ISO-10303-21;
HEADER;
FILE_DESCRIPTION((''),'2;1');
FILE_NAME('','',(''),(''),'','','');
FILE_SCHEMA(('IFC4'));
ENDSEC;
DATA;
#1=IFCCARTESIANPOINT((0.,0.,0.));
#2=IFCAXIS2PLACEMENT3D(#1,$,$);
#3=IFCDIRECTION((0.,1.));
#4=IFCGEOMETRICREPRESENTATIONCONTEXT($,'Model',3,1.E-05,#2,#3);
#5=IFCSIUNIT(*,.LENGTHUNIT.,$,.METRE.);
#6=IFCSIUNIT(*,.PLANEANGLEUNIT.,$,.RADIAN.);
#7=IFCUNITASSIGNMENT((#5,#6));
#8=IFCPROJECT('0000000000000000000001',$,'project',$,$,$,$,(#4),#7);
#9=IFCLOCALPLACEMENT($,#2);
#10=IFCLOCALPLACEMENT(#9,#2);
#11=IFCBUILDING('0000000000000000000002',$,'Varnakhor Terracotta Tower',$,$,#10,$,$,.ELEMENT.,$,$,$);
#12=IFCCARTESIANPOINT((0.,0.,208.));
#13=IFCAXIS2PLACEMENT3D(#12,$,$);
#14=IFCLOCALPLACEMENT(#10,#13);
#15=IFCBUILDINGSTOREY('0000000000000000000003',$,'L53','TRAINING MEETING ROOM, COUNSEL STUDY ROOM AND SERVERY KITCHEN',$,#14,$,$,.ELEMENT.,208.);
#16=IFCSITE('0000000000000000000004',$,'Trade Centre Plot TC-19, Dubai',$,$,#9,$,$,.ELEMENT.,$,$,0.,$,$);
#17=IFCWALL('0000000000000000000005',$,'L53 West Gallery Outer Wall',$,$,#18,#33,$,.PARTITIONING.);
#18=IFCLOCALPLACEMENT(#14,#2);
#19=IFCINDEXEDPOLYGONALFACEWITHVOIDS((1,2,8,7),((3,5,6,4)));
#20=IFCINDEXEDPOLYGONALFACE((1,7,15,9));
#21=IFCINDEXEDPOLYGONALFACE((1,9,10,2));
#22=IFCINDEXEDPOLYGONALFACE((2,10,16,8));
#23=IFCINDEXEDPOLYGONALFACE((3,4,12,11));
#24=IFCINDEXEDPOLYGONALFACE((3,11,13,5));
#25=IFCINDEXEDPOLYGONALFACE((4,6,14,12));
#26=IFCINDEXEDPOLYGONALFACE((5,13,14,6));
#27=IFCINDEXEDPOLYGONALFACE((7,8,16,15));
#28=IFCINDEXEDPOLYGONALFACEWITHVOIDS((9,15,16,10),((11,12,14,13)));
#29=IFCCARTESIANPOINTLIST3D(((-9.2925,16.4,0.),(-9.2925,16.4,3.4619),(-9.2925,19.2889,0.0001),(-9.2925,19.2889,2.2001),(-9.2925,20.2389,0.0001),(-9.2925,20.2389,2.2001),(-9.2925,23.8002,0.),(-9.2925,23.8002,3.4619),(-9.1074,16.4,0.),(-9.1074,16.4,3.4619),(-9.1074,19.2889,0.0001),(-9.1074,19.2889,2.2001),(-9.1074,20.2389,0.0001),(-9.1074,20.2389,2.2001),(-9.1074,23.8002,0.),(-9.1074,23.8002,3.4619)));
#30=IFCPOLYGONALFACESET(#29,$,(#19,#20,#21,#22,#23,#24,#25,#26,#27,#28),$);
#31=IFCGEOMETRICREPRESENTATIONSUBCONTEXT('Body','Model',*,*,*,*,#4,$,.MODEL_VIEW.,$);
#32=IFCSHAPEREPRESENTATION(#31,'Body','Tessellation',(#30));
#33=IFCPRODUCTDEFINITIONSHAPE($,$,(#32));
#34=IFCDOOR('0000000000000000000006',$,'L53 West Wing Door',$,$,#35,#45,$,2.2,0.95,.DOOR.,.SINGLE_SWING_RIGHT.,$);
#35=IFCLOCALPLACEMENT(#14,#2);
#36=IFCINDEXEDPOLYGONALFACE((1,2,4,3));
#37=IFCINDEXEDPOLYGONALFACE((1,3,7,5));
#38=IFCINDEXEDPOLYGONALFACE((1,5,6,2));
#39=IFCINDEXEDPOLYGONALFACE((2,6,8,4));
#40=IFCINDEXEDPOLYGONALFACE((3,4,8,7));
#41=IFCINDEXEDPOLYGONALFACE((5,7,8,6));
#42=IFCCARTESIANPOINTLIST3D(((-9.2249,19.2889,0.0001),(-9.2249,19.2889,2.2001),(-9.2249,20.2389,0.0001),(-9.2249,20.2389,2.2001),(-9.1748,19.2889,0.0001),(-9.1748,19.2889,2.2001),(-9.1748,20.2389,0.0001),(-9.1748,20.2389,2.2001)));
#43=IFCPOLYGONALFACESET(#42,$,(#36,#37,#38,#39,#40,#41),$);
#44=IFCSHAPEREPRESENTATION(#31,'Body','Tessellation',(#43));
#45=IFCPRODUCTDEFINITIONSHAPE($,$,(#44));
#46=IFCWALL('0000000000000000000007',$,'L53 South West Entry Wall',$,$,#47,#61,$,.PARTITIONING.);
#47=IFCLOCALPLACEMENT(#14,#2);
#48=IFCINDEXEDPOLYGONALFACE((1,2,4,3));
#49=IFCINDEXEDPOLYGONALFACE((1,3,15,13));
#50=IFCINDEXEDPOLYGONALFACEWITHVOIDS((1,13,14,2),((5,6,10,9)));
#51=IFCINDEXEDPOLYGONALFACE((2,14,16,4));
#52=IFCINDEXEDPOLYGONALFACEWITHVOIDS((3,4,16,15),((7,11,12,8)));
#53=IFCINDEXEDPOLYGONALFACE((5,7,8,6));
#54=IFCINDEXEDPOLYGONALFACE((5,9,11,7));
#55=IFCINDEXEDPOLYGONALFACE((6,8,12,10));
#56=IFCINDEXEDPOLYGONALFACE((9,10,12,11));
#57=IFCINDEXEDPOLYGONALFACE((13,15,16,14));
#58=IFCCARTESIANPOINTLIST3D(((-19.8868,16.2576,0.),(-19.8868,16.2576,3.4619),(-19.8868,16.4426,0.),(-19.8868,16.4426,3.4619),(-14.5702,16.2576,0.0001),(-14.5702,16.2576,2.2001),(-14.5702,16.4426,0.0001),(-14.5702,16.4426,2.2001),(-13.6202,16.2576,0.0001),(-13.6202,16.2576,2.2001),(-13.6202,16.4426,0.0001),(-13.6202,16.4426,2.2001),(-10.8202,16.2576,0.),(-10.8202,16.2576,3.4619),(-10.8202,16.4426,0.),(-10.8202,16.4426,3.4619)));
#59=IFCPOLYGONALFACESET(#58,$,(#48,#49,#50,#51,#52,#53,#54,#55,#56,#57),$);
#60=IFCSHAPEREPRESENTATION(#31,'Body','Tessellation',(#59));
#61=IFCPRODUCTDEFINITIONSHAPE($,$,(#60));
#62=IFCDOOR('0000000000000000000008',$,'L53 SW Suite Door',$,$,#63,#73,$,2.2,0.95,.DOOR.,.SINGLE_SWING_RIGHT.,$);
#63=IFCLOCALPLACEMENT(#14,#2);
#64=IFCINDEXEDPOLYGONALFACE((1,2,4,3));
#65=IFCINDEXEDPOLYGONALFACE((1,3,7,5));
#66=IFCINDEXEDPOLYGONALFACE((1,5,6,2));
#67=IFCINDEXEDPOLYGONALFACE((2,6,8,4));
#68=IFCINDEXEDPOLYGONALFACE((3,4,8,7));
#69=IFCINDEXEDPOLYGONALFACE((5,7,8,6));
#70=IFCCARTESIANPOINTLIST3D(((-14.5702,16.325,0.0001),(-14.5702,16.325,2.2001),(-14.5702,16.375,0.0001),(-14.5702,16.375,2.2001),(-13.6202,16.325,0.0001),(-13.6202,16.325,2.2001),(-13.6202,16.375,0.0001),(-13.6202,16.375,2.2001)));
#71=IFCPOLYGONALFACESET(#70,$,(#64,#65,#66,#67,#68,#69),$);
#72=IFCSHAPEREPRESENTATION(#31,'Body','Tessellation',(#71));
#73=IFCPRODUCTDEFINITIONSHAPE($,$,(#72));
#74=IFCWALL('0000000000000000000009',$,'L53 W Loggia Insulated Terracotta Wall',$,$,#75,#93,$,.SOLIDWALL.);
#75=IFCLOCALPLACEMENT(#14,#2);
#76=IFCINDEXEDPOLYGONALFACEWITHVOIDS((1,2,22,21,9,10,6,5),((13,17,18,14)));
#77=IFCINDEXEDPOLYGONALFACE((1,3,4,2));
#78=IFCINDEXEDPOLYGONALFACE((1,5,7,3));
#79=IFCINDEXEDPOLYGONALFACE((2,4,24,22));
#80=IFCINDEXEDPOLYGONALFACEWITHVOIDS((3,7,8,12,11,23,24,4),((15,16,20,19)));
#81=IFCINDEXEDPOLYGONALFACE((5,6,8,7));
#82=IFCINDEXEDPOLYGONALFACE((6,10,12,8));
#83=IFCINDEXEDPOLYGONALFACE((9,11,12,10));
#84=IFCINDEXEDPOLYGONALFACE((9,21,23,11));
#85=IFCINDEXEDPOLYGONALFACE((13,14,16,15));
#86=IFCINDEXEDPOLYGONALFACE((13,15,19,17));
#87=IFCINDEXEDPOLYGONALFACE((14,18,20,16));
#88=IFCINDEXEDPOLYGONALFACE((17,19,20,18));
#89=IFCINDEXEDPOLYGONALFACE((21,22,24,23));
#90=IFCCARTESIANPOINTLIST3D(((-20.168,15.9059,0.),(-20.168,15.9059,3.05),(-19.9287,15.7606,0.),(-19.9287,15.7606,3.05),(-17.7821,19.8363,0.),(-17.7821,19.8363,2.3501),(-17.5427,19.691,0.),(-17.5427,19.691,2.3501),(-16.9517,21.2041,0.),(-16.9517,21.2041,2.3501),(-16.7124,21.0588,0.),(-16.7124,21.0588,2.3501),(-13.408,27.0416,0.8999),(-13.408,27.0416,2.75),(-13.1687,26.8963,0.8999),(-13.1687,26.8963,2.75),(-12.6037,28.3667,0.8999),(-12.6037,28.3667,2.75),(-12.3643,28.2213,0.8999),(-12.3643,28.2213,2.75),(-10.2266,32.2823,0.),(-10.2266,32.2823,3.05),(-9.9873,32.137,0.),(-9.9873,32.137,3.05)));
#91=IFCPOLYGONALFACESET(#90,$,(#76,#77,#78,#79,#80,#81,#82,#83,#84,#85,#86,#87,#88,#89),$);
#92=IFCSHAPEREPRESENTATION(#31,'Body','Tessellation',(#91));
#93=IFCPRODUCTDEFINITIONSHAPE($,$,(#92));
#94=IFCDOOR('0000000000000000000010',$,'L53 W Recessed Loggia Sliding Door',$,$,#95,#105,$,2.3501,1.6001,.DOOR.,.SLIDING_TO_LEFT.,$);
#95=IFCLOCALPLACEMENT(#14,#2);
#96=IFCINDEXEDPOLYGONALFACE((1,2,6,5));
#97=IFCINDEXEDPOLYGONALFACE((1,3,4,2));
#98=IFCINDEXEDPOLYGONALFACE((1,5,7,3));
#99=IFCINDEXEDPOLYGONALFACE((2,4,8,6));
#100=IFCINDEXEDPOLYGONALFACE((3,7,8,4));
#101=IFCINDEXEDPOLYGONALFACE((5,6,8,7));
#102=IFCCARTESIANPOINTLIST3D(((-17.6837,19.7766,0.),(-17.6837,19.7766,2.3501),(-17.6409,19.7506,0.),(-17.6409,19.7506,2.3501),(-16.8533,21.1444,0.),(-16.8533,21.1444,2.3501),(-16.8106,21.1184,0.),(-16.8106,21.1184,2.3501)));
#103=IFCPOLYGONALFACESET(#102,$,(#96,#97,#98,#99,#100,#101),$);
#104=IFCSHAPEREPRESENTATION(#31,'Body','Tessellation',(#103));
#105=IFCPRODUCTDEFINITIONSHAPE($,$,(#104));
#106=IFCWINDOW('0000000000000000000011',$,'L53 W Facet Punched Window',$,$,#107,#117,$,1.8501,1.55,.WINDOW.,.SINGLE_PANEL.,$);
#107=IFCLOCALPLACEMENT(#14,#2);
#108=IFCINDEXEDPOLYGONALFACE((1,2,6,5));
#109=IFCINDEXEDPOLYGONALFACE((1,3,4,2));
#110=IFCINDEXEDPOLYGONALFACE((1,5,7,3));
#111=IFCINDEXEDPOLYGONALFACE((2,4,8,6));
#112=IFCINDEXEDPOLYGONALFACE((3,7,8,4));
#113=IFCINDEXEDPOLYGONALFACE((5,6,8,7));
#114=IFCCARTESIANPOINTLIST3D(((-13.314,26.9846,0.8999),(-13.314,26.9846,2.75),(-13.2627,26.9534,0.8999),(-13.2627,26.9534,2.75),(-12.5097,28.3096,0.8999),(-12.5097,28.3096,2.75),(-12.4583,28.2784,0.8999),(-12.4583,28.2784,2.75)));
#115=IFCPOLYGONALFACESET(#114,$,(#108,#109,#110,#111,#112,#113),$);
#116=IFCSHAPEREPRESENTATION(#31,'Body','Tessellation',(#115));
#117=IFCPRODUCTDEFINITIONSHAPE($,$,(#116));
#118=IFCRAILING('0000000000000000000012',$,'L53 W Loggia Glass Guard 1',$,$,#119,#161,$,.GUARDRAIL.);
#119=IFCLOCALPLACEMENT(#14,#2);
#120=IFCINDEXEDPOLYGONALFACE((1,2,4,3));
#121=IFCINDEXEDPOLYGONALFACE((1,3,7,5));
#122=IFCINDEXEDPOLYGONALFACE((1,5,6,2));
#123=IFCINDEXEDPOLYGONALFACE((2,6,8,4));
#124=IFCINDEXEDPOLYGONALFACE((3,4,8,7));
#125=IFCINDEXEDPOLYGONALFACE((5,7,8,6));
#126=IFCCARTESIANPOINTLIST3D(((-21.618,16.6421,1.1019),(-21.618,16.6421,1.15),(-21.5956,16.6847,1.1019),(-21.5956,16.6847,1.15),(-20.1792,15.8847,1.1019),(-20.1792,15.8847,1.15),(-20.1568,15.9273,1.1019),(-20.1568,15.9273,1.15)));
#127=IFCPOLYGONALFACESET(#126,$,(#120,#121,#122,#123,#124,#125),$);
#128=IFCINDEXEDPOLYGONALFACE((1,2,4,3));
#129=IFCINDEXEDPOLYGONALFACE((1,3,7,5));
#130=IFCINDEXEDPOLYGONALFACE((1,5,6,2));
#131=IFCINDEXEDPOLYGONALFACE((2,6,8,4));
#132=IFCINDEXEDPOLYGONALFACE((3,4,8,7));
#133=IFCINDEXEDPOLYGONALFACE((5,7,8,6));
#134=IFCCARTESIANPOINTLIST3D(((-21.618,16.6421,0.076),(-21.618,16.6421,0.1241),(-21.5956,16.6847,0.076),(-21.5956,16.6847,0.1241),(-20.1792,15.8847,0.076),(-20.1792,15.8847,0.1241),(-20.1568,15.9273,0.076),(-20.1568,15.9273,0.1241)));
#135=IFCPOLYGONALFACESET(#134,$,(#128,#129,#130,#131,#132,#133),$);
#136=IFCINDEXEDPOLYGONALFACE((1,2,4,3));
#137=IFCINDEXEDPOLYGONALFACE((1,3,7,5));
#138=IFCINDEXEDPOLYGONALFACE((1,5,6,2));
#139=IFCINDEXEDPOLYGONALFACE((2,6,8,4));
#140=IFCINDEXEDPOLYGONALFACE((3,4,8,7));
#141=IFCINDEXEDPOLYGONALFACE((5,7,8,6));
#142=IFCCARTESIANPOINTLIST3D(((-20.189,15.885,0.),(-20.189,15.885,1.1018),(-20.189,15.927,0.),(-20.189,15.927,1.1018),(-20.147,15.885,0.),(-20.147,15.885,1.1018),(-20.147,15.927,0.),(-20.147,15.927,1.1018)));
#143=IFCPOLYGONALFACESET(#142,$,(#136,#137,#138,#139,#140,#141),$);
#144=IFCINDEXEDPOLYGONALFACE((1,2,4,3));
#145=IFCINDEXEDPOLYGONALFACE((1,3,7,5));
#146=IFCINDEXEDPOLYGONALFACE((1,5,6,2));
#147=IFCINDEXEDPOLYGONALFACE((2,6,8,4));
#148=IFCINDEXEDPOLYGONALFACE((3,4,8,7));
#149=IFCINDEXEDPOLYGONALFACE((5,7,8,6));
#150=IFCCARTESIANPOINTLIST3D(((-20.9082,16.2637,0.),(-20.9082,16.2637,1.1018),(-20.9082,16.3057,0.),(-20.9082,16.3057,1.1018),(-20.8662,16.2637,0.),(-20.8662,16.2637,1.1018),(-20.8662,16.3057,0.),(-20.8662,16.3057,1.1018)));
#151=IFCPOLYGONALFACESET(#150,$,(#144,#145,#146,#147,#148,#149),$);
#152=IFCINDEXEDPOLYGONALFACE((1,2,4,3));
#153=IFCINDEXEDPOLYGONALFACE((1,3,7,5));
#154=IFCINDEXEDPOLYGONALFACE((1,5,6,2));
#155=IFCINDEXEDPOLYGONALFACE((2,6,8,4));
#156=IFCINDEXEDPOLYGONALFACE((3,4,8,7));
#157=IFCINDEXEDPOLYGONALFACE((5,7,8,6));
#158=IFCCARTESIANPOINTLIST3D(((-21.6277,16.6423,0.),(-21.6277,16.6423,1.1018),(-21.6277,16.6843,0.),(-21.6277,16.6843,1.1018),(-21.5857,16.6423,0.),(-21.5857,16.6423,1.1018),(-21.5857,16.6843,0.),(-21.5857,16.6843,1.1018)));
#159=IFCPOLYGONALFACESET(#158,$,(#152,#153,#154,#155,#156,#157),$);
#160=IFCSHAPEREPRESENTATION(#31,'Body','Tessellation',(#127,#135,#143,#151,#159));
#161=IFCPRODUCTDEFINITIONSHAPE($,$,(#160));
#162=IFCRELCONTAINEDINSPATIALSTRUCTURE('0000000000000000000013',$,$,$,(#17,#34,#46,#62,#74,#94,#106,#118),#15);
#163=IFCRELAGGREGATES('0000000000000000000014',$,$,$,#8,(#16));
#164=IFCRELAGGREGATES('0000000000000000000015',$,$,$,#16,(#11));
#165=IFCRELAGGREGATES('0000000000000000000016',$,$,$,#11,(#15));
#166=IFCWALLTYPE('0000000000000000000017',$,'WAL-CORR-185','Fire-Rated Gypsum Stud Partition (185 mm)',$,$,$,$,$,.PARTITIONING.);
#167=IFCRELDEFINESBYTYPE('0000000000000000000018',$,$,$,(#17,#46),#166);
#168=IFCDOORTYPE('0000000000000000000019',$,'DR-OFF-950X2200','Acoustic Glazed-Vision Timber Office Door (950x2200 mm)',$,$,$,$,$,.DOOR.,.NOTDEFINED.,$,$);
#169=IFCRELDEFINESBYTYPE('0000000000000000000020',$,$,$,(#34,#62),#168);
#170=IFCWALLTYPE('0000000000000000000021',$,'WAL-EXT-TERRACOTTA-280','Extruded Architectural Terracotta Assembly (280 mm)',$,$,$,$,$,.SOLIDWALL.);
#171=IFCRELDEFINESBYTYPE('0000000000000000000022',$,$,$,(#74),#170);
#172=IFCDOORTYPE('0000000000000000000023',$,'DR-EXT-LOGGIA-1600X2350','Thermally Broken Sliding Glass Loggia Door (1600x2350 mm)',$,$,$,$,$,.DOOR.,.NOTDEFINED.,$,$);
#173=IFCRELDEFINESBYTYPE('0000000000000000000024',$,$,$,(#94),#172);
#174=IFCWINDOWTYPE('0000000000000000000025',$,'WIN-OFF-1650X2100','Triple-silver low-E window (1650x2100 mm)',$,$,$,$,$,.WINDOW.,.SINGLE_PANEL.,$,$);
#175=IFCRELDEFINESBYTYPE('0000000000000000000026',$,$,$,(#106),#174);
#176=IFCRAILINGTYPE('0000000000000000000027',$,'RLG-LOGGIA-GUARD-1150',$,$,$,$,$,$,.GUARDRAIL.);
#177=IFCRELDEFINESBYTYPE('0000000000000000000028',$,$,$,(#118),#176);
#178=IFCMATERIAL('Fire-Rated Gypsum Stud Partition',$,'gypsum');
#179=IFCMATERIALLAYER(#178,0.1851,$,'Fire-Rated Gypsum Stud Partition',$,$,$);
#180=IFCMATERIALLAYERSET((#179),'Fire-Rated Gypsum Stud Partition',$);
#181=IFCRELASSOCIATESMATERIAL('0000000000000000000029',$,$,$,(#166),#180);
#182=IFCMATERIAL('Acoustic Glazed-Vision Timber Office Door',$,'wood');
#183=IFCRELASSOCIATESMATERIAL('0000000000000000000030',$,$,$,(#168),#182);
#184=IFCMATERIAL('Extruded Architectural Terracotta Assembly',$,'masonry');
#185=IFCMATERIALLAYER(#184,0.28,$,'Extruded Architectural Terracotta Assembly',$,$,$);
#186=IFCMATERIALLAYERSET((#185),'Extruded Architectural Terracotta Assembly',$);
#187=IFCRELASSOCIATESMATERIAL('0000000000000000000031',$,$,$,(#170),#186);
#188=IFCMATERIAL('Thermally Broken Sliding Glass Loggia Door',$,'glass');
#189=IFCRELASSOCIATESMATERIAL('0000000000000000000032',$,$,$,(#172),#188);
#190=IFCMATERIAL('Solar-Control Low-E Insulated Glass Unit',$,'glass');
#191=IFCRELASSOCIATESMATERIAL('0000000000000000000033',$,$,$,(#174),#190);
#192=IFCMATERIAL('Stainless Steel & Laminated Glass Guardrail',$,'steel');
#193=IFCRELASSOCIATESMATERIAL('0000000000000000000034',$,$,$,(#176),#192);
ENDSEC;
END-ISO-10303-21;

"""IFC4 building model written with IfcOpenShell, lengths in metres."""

from ifc_helpers import new_model, si_unit, direction, frame, frame_2d, origin, origin_2d, place, context, subcontext, project, spatial, rectangle, extrude, source, transform, mapped, material, layer, layer_set, type_object, type_shapes, element, fill, save


model = new_model("IFC4")

# Units and contexts
model_context = context("Model", 3, precision=1e-05, world=origin(), true_north=direction((0.0, 1.0)))
body_context = subcontext(model_context, "Body", "Model", "MODEL_VIEW")
ifc_project = project(units=[si_unit("LENGTHUNIT", "METRE"), si_unit("PLANEANGLEUNIT", "RADIAN")], contexts=[model_context])

# Site, building, storey
site_placement = place(None, origin())
site = spatial("IfcSite", under=ifc_project, at=site_placement, Name="Trade Centre Plot TC-19, Dubai", CompositionType="ELEMENT", RefElevation=0.0)
building_placement = place(site_placement, origin())
building = spatial("IfcBuilding", under=site, at=building_placement, Name="Varnakhor Terracotta Tower", CompositionType="ELEMENT")
storey_placement = place(building_placement, frame((0.0, 0.0, 208.0)))
storey = spatial("IfcBuildingStorey", under=building, at=storey_placement, Name="L53", Description="TRAINING MEETING ROOM, COUNSEL STUDY ROOM AND SERVERY KITCHEN", CompositionType="ELEMENT", Elevation=208.0)

# Walls, openings, doors
ifc_material_1 = material(Name="Fire-Rated Gypsum Stud Partition", Category="gypsum")
ifc_layer_1 = layer(ifc_material_1, 0.1851, Name="Fire-Rated Gypsum Stud Partition")
ifc_layer_set_1 = layer_set([ifc_layer_1], Name="Fire-Rated Gypsum Stud Partition")
wall_type_1 = type_object("IfcWallType", Name="WAL-CORR-185", Description="Fire-Rated Gypsum Stud Partition (185 mm)", PredefinedType="PARTITIONING", material=ifc_layer_set_1)
wall_1_placement = place(storey_placement, frame((-9.2, 16.3999, 0.0), z_axis=(0.0, 0.0, 1.0), x_axis=(0.0, 1.0, 0.0)))
wall_1 = element("IfcWall", 1, at=wall_1_placement, inside=storey, type_object=wall_type_1, Name="L53 West Gallery Outer Wall", PredefinedType="PARTITIONING", context=body_context, shape_type="SweptSolid", body=[
    extrude(rectangle(XDim=7.4001, YDim=0.1851, at=frame_2d((3.7002, 0.0))), origin(), (0.0, 0.0, 1.0), 3.4619),
])
opening_1_placement = place(wall_1_placement, frame((2.8889, 0.0, 0.0)))
opening_1 = element("IfcOpeningElement", 2, at=opening_1_placement, cuts=wall_1, PredefinedType="OPENING", context=body_context, shape_type="SweptSolid", body=[
    extrude(rectangle(XDim=0.95, YDim=2.2, at=frame_2d((0.4751, 1.1001))), frame((0.0, 0.1025, 0.0), z_axis=(0.0, -1.0, 0.0), x_axis=(1.0, 0.0, 0.0)), (0.0, 0.0, 1.0), 0.2051),
])
ifc_material_2 = material(Name="Acoustic Glazed-Vision Timber Office Door", Category="wood")
door_type_1 = type_object("IfcDoorType", Name="DR-OFF-950X2200", Description="Acoustic Glazed-Vision Timber Office Door (950x2200 mm)", OperationType="NOTDEFINED", PredefinedType="DOOR", material=ifc_material_2)
shared_shape_1 = source(origin(), body_context, "Body", "SweptSolid", [
    extrude(rectangle(XDim=0.95, YDim=2.2, at=frame_2d((0.4751, 1.1001))), frame((0.0, 0.0249, 0.0), z_axis=(0.0, -1.0, 0.0), x_axis=(1.0, 0.0, 0.0)), (0.0, 0.0, 1.0), 0.05),
])
type_shapes(door_type_1, [shared_shape_1])
door_1_placement = place(opening_1_placement, origin())
door_1 = element("IfcDoor", 3, at=door_1_placement, inside=storey, type_object=door_type_1, Name="L53 West Wing Door", OperationType="SINGLE_SWING_RIGHT", OverallHeight=2.2, OverallWidth=0.95, PredefinedType="DOOR", context=body_context, shape_type="MappedRepresentation", body=[
    mapped(shared_shape_1, transform((0.0, 0.0, 0.0), scale=1.0)),
])
fill(opening_1, door_1)
wall_2_placement = place(storey_placement, frame((-19.8867, 16.3501, 0.0), z_axis=(0.0, 0.0, 1.0), x_axis=(1.0, 0.0, 0.0)))
wall_2 = element("IfcWall", 4, at=wall_2_placement, inside=storey, type_object=wall_type_1, Name="L53 South West Entry Wall", PredefinedType="PARTITIONING", context=body_context, shape_type="SweptSolid", body=[
    extrude(rectangle(XDim=9.0667, YDim=0.1851, at=frame_2d((4.5332, 0.0))), origin(), (0.0, 0.0, 1.0), 3.4619),
])
opening_2_placement = place(wall_2_placement, frame((5.3164, 0.0, 0.0)))
opening_2 = element("IfcOpeningElement", 5, at=opening_2_placement, cuts=wall_2, PredefinedType="OPENING", context=body_context, shape_type="SweptSolid", body=[
    extrude(rectangle(XDim=0.95, YDim=2.2, at=frame_2d((0.4751, 1.1001))), frame((0.0, 0.1025, 0.0), z_axis=(0.0, -1.0, 0.0), x_axis=(1.0, 0.0, 0.0)), (0.0, 0.0, 1.0), 0.2051),
])
door_2_placement = place(opening_2_placement, origin())
door_2 = element("IfcDoor", 6, at=door_2_placement, inside=storey, type_object=door_type_1, Name="L53 SW Suite Door", OperationType="SINGLE_SWING_RIGHT", OverallHeight=2.2, OverallWidth=0.95, PredefinedType="DOOR", context=body_context, shape_type="MappedRepresentation", body=[
    mapped(shared_shape_1, transform((0.0, 0.0, 0.0), scale=1.0)),
])
fill(opening_2, door_2)

# Wall, openings, door, window
ifc_material_3 = material(Name="Extruded Architectural Terracotta Assembly", Category="masonry")
ifc_layer_2 = layer(ifc_material_3, 0.28, Name="Extruded Architectural Terracotta Assembly")
ifc_layer_set_2 = layer_set([ifc_layer_2], Name="Extruded Architectural Terracotta Assembly")
wall_type_2 = type_object("IfcWallType", Name="WAL-EXT-TERRACOTTA-280", Description="Extruded Architectural Terracotta Assembly (280 mm)", PredefinedType="SOLIDWALL", material=ifc_layer_set_2)
wall_3_placement = place(storey_placement, frame((-20.0483, 15.8333, 0.0), z_axis=(0.0, 0.0, 1.0), x_axis=(0.518923, 0.854821, 0.0)))
wall_3 = element("IfcWall", 7, at=wall_3_placement, inside=storey, type_object=wall_type_2, Name="L53 W Loggia Insulated Terracotta Wall", PredefinedType="SOLIDWALL", context=body_context, shape_type="SweptSolid", body=[
    extrude(rectangle(XDim=19.1577, YDim=0.28, at=frame_2d((9.5789, 0.0))), origin(), (0.0, 0.0, 1.0), 3.05),
])
opening_3_placement = place(wall_3_placement, frame((4.5979, 0.0, 0.0)))
opening_3 = element("IfcOpeningElement", 8, at=opening_3_placement, cuts=wall_3, PredefinedType="OPENING", context=body_context, shape_type="SweptSolid", body=[
    extrude(rectangle(XDim=1.6001, YDim=2.3501, at=frame_2d((0.8, 1.175))), frame((0.0, 0.1499, 0.0), z_axis=(0.0, -1.0, 0.0), x_axis=(1.0, 0.0, 0.0)), (0.0, 0.0, 1.0), 0.3),
])
opening_4_placement = place(wall_3_placement, frame((13.0271, 0.0, 0.8999)))
opening_4 = element("IfcOpeningElement", 9, at=opening_4_placement, cuts=wall_3, PredefinedType="OPENING", context=body_context, shape_type="SweptSolid", body=[
    extrude(rectangle(XDim=1.55, YDim=1.8501, at=frame_2d((0.7749, 0.925))), frame((0.0, 0.1499, 0.0), z_axis=(0.0, -1.0, 0.0), x_axis=(1.0, 0.0, 0.0)), (0.0, 0.0, 1.0), 0.3),
])
ifc_material_4 = material(Name="Thermally Broken Sliding Glass Loggia Door", Category="glass")
door_type_2 = type_object("IfcDoorType", Name="DR-EXT-LOGGIA-1600X2350", Description="Thermally Broken Sliding Glass Loggia Door (1600x2350 mm)", OperationType="NOTDEFINED", PredefinedType="DOOR", material=ifc_material_4)
shared_shape_2 = source(origin(), body_context, "Body", "SweptSolid", [
    extrude(rectangle(XDim=1.6001, YDim=2.3501, at=frame_2d((0.8, 1.175))), frame((0.0, 0.0249, 0.0), z_axis=(0.0, -1.0, 0.0), x_axis=(1.0, 0.0, 0.0)), (0.0, 0.0, 1.0), 0.05),
])
type_shapes(door_type_2, [shared_shape_2])
door_3_placement = place(opening_3_placement, origin())
door_3 = element("IfcDoor", 10, at=door_3_placement, inside=storey, type_object=door_type_2, Name="L53 W Recessed Loggia Sliding Door", OperationType="SLIDING_TO_LEFT", OverallHeight=2.3501, OverallWidth=1.6001, PredefinedType="DOOR", context=body_context, shape_type="MappedRepresentation", body=[
    mapped(shared_shape_2, transform((0.0, 0.0, 0.0), scale=1.0)),
])
fill(opening_3, door_3)
ifc_material_5 = material(Name="Solar-Control Low-E Insulated Glass Unit", Category="glass")
window_type = type_object("IfcWindowType", Name="WIN-OFF-1650X2100", Description="Triple-silver low-E window (1650x2100 mm)", PartitioningType="SINGLE_PANEL", PredefinedType="WINDOW", material=ifc_material_5)
shared_shape_3 = source(origin(), body_context, "Body", "SweptSolid", [
    extrude(rectangle(XDim=1.55, YDim=1.8501, at=frame_2d((0.7749, 0.925))), frame((0.0, 0.03, 0.0), z_axis=(0.0, -1.0, 0.0), x_axis=(1.0, 0.0, 0.0)), (0.0, 0.0, 1.0), 0.0601),
])
type_shapes(window_type, [shared_shape_3])
window_placement = place(opening_4_placement, origin())
window = element("IfcWindow", 11, at=window_placement, inside=storey, type_object=window_type, Name="L53 W Facet Punched Window", OverallHeight=1.8501, OverallWidth=1.55, PartitioningType="SINGLE_PANEL", PredefinedType="WINDOW", context=body_context, shape_type="MappedRepresentation", body=[
    mapped(shared_shape_3, transform((0.0, 0.0, 0.0), scale=1.0)),
])
fill(opening_4, window)

# Railing
ifc_material_6 = material(Name="Stainless Steel & Laminated Glass Guardrail", Category="steel")
railing_type = type_object("IfcRailingType", Name="RLG-LOGGIA-GUARD-1150", PredefinedType="GUARDRAIL", material=ifc_material_6)
railing_1_placement = place(storey_placement, frame((-20.168, 15.906, 0.0)))
element("IfcRailing", 12, at=railing_1_placement, inside=storey, type_object=railing_type, Name="L53 W Loggia Glass Guard 1", PredefinedType="GUARDRAIL", context=body_context, shape_type="SweptSolid", body=[
    extrude(rectangle(XDim=0.0481, YDim=0.0481, at=origin_2d()), frame((0.0, 0.0, 1.126), z_axis=(-0.884892, 0.465796, 0.0), x_axis=(-0.465796, -0.884892, 0.0)), (0.0, 0.0, 1.0), 1.626),
    extrude(rectangle(XDim=0.0481, YDim=0.0481, at=origin_2d()), frame((0.0, 0.0, 0.1001), z_axis=(-0.884892, 0.465796, 0.0), x_axis=(-0.465796, -0.884892, 0.0)), (0.0, 0.0, 1.0), 1.626),
    extrude(rectangle(XDim=0.042, YDim=0.042, at=origin_2d()), origin(), (0.0, 0.0, 1.0), 1.1018),
    extrude(rectangle(XDim=0.042, YDim=0.042, at=origin_2d()), frame((-0.7192, 0.3787, 0.0)), (0.0, 0.0, 1.0), 1.1018),
    extrude(rectangle(XDim=0.042, YDim=0.042, at=origin_2d()), frame((-1.4387, 0.7573, 0.0)), (0.0, 0.0, 1.0), 1.1018),
])

save(model, "model.ifc")
